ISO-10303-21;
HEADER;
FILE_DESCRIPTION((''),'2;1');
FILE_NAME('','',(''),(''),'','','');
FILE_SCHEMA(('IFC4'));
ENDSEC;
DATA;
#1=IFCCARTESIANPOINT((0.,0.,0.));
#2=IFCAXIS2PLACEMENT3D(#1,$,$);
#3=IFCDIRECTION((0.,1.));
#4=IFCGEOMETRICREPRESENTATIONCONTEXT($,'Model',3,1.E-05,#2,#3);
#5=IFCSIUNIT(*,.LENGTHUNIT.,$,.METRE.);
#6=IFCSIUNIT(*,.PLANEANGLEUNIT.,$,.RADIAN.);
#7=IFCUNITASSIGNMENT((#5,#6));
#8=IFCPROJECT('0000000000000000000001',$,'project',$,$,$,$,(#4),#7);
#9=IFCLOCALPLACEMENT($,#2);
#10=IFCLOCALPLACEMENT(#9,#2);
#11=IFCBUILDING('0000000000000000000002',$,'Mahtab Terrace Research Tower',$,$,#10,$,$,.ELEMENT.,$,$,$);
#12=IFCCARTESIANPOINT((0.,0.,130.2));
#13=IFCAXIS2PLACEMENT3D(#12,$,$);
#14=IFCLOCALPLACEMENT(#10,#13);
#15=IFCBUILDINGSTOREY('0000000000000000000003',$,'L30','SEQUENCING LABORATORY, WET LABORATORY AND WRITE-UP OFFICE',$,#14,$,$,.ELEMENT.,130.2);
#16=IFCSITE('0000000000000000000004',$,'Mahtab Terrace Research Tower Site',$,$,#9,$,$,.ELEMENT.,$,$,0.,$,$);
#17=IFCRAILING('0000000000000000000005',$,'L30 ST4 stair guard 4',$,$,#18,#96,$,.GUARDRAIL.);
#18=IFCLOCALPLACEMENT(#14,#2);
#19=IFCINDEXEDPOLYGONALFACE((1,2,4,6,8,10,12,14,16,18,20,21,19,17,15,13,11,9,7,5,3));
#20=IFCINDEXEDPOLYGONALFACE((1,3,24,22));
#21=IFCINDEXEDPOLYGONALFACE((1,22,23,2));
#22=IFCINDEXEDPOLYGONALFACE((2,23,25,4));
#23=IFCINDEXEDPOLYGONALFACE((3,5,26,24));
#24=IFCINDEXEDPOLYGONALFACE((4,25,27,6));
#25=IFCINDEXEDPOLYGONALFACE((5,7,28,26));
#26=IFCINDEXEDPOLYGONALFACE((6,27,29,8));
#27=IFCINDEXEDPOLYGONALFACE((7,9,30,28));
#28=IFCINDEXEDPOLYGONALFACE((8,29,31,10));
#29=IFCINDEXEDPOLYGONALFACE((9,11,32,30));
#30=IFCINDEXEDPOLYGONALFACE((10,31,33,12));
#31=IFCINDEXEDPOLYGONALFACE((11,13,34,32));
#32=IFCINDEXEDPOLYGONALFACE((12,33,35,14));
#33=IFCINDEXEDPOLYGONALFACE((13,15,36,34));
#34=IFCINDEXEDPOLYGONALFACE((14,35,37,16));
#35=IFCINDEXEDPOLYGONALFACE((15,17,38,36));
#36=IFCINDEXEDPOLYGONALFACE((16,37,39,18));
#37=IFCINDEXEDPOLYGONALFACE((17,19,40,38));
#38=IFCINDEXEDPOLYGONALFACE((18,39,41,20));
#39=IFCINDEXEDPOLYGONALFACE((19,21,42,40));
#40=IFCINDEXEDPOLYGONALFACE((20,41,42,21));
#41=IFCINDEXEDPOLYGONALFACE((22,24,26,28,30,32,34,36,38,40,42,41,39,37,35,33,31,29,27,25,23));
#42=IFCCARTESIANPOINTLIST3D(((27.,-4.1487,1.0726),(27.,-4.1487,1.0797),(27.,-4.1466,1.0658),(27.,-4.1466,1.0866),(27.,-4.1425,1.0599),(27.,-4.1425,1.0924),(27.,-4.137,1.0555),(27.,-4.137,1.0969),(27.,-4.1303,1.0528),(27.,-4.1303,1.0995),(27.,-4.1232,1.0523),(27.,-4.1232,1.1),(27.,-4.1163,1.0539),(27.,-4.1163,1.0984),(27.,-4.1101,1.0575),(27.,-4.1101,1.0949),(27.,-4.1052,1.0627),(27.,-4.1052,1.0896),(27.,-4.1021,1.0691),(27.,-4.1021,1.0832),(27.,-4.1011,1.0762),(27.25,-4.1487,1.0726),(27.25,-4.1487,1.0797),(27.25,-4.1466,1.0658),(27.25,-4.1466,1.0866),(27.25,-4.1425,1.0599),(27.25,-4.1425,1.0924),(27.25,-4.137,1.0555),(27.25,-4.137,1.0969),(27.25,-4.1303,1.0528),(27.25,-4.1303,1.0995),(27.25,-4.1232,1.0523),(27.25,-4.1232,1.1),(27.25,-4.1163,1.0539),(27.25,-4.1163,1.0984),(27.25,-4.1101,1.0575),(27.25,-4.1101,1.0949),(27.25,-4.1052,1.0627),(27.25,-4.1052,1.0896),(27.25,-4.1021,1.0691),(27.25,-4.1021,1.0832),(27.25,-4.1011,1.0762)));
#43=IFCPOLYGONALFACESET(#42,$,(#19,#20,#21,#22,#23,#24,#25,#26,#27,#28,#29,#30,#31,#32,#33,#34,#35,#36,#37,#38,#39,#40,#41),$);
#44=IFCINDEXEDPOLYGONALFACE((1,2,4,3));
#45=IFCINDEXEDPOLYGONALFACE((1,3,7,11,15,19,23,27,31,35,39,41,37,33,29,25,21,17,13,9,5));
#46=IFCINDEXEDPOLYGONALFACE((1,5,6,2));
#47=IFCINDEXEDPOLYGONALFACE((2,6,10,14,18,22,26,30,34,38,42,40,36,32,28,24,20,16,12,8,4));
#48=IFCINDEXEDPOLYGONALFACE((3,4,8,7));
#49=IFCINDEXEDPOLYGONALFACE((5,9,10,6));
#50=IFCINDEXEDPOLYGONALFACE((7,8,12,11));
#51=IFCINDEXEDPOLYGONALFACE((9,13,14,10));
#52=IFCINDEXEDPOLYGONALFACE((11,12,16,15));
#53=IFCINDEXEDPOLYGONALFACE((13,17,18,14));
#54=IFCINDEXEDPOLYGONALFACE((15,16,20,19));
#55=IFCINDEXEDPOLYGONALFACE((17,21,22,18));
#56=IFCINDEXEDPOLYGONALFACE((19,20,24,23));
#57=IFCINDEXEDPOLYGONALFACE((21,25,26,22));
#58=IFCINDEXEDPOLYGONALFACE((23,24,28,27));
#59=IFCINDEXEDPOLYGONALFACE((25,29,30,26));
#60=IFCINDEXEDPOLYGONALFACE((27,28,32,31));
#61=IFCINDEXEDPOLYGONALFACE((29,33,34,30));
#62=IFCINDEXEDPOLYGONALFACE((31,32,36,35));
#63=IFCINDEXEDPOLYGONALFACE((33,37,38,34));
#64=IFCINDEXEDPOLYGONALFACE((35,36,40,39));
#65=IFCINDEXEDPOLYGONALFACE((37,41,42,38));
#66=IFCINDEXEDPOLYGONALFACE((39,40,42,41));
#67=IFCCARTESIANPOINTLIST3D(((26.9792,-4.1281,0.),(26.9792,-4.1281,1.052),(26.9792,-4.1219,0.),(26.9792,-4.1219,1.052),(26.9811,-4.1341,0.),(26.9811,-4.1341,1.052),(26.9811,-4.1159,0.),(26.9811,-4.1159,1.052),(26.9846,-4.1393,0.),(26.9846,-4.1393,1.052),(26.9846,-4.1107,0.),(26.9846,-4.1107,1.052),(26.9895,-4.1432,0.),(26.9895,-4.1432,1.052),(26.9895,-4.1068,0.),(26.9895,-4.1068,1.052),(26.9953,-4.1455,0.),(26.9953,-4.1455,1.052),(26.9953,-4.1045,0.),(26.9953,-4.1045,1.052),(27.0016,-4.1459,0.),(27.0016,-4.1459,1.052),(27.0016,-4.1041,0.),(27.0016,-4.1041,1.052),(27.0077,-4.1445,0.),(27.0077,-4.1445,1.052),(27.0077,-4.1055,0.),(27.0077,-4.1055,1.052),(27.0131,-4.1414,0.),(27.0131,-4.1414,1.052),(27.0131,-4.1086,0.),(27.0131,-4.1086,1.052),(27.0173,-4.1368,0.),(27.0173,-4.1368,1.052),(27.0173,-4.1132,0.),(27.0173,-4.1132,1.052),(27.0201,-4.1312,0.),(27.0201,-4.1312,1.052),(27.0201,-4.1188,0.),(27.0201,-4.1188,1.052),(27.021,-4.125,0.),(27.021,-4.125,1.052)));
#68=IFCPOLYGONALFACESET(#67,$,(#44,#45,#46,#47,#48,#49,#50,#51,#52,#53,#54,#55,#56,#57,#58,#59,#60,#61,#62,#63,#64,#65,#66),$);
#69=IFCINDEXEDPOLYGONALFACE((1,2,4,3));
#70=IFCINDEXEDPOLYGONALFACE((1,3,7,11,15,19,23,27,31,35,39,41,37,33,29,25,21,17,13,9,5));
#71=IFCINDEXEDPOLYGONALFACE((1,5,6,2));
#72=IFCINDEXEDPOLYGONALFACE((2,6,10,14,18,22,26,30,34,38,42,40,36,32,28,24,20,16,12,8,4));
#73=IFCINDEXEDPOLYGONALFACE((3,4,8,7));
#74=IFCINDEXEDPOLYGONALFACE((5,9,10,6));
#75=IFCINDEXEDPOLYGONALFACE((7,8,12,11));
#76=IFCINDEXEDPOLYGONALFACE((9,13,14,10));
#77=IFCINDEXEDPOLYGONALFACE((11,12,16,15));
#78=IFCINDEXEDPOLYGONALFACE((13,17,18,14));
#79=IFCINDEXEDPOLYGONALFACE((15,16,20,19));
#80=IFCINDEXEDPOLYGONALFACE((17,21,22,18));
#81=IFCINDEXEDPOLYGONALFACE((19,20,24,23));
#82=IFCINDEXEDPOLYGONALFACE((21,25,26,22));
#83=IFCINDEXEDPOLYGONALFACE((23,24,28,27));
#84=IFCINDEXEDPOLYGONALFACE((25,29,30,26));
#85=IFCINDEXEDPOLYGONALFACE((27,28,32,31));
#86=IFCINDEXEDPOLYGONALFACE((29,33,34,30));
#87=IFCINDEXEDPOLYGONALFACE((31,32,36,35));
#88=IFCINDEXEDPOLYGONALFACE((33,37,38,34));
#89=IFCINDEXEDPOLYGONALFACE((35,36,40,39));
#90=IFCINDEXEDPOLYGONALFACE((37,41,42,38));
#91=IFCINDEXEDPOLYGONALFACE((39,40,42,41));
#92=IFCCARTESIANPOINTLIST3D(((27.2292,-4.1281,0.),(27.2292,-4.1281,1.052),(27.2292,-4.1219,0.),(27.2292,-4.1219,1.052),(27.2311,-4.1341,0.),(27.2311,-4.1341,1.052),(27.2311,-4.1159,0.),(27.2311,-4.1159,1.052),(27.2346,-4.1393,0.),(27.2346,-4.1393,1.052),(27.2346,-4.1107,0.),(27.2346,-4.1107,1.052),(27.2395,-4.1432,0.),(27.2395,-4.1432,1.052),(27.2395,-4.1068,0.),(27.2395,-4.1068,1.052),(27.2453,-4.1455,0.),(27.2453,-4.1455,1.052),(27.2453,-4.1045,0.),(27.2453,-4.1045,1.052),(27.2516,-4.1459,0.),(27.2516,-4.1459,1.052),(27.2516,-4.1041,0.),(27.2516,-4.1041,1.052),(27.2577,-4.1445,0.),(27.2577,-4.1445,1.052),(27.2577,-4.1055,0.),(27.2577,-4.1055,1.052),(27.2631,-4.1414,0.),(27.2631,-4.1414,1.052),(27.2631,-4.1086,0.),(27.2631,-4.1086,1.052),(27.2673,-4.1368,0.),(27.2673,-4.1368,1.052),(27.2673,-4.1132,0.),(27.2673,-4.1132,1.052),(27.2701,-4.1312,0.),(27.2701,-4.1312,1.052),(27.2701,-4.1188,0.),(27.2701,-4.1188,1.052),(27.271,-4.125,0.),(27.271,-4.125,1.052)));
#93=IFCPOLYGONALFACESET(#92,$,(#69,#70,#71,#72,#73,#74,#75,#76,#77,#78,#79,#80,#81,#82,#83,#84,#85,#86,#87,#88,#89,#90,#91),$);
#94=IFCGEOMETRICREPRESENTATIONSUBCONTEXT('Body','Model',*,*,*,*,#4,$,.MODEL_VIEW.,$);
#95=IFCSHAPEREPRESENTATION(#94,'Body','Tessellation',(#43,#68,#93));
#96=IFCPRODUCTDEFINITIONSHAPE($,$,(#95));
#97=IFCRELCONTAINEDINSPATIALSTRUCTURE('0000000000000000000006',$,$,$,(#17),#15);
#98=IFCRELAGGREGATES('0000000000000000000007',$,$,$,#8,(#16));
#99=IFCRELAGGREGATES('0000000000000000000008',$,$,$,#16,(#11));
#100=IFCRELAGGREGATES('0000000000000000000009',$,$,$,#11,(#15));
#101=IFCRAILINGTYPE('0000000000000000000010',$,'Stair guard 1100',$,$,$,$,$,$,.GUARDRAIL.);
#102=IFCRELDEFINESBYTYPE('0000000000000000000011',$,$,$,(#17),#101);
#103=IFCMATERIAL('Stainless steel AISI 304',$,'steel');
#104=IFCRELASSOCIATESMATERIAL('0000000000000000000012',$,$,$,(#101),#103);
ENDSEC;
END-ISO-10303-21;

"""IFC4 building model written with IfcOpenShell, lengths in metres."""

from ifc_helpers import new_model, si_unit, direction, frame, origin, origin_2d, place, context, subcontext, project, spatial, circle, extrude, material, type_object, element, save


model = new_model("IFC4")

# Units and contexts
model_context = context("Model", 3, precision=1e-05, world=origin(), true_north=direction((0.0, 1.0)))
body_context = subcontext(model_context, "Body", "Model", "MODEL_VIEW")
ifc_project = project(units=[si_unit("LENGTHUNIT", "METRE"), si_unit("PLANEANGLEUNIT", "RADIAN")], contexts=[model_context])

# Site, building, storey
site_placement = place(None, origin())
site = spatial("IfcSite", under=ifc_project, at=site_placement, Name="Mahtab Terrace Research Tower Site", CompositionType="ELEMENT", RefElevation=0.0)
building_placement = place(site_placement, origin())
building = spatial("IfcBuilding", under=site, at=building_placement, Name="Mahtab Terrace Research Tower", CompositionType="ELEMENT")
storey_placement = place(building_placement, frame((0.0, 0.0, 130.2)))
storey = spatial("IfcBuildingStorey", under=building, at=storey_placement, Name="L30", Description="SEQUENCING LABORATORY, WET LABORATORY AND WRITE-UP OFFICE", CompositionType="ELEMENT", Elevation=130.2)

# Railing
ifc_material_1 = material(Name="Stainless steel AISI 304", Category="steel")
railing_type_1 = type_object("IfcRailingType", Name="Stair guard 1100", PredefinedType="GUARDRAIL", material=ifc_material_1)
railing_1_placement = place(storey_placement, frame((27.0, -4.125, 0.0)))
element("IfcRailing", 1, at=railing_1_placement, inside=storey, type_object=railing_type_1, Name="L30 ST4 stair guard 4", PredefinedType="GUARDRAIL", context=body_context, shape_type="SweptSolid", body=[
    extrude(circle(Radius=0.0239, at=origin_2d()), frame((0.0, 0.0, 1.0762), z_axis=(1.0, 0.0, 0.0), x_axis=(0.0, 1.0, 0.0)), (0.0, 0.0, 1.0), 0.25),
    extrude(circle(Radius=0.021, at=origin_2d()), origin(), (0.0, 0.0, 1.0), 1.052),
    extrude(circle(Radius=0.021, at=origin_2d()), frame((0.25, 0.0, 0.0)), (0.0, 0.0, 1.0), 1.052),
])

save(model, "model.ifc")
